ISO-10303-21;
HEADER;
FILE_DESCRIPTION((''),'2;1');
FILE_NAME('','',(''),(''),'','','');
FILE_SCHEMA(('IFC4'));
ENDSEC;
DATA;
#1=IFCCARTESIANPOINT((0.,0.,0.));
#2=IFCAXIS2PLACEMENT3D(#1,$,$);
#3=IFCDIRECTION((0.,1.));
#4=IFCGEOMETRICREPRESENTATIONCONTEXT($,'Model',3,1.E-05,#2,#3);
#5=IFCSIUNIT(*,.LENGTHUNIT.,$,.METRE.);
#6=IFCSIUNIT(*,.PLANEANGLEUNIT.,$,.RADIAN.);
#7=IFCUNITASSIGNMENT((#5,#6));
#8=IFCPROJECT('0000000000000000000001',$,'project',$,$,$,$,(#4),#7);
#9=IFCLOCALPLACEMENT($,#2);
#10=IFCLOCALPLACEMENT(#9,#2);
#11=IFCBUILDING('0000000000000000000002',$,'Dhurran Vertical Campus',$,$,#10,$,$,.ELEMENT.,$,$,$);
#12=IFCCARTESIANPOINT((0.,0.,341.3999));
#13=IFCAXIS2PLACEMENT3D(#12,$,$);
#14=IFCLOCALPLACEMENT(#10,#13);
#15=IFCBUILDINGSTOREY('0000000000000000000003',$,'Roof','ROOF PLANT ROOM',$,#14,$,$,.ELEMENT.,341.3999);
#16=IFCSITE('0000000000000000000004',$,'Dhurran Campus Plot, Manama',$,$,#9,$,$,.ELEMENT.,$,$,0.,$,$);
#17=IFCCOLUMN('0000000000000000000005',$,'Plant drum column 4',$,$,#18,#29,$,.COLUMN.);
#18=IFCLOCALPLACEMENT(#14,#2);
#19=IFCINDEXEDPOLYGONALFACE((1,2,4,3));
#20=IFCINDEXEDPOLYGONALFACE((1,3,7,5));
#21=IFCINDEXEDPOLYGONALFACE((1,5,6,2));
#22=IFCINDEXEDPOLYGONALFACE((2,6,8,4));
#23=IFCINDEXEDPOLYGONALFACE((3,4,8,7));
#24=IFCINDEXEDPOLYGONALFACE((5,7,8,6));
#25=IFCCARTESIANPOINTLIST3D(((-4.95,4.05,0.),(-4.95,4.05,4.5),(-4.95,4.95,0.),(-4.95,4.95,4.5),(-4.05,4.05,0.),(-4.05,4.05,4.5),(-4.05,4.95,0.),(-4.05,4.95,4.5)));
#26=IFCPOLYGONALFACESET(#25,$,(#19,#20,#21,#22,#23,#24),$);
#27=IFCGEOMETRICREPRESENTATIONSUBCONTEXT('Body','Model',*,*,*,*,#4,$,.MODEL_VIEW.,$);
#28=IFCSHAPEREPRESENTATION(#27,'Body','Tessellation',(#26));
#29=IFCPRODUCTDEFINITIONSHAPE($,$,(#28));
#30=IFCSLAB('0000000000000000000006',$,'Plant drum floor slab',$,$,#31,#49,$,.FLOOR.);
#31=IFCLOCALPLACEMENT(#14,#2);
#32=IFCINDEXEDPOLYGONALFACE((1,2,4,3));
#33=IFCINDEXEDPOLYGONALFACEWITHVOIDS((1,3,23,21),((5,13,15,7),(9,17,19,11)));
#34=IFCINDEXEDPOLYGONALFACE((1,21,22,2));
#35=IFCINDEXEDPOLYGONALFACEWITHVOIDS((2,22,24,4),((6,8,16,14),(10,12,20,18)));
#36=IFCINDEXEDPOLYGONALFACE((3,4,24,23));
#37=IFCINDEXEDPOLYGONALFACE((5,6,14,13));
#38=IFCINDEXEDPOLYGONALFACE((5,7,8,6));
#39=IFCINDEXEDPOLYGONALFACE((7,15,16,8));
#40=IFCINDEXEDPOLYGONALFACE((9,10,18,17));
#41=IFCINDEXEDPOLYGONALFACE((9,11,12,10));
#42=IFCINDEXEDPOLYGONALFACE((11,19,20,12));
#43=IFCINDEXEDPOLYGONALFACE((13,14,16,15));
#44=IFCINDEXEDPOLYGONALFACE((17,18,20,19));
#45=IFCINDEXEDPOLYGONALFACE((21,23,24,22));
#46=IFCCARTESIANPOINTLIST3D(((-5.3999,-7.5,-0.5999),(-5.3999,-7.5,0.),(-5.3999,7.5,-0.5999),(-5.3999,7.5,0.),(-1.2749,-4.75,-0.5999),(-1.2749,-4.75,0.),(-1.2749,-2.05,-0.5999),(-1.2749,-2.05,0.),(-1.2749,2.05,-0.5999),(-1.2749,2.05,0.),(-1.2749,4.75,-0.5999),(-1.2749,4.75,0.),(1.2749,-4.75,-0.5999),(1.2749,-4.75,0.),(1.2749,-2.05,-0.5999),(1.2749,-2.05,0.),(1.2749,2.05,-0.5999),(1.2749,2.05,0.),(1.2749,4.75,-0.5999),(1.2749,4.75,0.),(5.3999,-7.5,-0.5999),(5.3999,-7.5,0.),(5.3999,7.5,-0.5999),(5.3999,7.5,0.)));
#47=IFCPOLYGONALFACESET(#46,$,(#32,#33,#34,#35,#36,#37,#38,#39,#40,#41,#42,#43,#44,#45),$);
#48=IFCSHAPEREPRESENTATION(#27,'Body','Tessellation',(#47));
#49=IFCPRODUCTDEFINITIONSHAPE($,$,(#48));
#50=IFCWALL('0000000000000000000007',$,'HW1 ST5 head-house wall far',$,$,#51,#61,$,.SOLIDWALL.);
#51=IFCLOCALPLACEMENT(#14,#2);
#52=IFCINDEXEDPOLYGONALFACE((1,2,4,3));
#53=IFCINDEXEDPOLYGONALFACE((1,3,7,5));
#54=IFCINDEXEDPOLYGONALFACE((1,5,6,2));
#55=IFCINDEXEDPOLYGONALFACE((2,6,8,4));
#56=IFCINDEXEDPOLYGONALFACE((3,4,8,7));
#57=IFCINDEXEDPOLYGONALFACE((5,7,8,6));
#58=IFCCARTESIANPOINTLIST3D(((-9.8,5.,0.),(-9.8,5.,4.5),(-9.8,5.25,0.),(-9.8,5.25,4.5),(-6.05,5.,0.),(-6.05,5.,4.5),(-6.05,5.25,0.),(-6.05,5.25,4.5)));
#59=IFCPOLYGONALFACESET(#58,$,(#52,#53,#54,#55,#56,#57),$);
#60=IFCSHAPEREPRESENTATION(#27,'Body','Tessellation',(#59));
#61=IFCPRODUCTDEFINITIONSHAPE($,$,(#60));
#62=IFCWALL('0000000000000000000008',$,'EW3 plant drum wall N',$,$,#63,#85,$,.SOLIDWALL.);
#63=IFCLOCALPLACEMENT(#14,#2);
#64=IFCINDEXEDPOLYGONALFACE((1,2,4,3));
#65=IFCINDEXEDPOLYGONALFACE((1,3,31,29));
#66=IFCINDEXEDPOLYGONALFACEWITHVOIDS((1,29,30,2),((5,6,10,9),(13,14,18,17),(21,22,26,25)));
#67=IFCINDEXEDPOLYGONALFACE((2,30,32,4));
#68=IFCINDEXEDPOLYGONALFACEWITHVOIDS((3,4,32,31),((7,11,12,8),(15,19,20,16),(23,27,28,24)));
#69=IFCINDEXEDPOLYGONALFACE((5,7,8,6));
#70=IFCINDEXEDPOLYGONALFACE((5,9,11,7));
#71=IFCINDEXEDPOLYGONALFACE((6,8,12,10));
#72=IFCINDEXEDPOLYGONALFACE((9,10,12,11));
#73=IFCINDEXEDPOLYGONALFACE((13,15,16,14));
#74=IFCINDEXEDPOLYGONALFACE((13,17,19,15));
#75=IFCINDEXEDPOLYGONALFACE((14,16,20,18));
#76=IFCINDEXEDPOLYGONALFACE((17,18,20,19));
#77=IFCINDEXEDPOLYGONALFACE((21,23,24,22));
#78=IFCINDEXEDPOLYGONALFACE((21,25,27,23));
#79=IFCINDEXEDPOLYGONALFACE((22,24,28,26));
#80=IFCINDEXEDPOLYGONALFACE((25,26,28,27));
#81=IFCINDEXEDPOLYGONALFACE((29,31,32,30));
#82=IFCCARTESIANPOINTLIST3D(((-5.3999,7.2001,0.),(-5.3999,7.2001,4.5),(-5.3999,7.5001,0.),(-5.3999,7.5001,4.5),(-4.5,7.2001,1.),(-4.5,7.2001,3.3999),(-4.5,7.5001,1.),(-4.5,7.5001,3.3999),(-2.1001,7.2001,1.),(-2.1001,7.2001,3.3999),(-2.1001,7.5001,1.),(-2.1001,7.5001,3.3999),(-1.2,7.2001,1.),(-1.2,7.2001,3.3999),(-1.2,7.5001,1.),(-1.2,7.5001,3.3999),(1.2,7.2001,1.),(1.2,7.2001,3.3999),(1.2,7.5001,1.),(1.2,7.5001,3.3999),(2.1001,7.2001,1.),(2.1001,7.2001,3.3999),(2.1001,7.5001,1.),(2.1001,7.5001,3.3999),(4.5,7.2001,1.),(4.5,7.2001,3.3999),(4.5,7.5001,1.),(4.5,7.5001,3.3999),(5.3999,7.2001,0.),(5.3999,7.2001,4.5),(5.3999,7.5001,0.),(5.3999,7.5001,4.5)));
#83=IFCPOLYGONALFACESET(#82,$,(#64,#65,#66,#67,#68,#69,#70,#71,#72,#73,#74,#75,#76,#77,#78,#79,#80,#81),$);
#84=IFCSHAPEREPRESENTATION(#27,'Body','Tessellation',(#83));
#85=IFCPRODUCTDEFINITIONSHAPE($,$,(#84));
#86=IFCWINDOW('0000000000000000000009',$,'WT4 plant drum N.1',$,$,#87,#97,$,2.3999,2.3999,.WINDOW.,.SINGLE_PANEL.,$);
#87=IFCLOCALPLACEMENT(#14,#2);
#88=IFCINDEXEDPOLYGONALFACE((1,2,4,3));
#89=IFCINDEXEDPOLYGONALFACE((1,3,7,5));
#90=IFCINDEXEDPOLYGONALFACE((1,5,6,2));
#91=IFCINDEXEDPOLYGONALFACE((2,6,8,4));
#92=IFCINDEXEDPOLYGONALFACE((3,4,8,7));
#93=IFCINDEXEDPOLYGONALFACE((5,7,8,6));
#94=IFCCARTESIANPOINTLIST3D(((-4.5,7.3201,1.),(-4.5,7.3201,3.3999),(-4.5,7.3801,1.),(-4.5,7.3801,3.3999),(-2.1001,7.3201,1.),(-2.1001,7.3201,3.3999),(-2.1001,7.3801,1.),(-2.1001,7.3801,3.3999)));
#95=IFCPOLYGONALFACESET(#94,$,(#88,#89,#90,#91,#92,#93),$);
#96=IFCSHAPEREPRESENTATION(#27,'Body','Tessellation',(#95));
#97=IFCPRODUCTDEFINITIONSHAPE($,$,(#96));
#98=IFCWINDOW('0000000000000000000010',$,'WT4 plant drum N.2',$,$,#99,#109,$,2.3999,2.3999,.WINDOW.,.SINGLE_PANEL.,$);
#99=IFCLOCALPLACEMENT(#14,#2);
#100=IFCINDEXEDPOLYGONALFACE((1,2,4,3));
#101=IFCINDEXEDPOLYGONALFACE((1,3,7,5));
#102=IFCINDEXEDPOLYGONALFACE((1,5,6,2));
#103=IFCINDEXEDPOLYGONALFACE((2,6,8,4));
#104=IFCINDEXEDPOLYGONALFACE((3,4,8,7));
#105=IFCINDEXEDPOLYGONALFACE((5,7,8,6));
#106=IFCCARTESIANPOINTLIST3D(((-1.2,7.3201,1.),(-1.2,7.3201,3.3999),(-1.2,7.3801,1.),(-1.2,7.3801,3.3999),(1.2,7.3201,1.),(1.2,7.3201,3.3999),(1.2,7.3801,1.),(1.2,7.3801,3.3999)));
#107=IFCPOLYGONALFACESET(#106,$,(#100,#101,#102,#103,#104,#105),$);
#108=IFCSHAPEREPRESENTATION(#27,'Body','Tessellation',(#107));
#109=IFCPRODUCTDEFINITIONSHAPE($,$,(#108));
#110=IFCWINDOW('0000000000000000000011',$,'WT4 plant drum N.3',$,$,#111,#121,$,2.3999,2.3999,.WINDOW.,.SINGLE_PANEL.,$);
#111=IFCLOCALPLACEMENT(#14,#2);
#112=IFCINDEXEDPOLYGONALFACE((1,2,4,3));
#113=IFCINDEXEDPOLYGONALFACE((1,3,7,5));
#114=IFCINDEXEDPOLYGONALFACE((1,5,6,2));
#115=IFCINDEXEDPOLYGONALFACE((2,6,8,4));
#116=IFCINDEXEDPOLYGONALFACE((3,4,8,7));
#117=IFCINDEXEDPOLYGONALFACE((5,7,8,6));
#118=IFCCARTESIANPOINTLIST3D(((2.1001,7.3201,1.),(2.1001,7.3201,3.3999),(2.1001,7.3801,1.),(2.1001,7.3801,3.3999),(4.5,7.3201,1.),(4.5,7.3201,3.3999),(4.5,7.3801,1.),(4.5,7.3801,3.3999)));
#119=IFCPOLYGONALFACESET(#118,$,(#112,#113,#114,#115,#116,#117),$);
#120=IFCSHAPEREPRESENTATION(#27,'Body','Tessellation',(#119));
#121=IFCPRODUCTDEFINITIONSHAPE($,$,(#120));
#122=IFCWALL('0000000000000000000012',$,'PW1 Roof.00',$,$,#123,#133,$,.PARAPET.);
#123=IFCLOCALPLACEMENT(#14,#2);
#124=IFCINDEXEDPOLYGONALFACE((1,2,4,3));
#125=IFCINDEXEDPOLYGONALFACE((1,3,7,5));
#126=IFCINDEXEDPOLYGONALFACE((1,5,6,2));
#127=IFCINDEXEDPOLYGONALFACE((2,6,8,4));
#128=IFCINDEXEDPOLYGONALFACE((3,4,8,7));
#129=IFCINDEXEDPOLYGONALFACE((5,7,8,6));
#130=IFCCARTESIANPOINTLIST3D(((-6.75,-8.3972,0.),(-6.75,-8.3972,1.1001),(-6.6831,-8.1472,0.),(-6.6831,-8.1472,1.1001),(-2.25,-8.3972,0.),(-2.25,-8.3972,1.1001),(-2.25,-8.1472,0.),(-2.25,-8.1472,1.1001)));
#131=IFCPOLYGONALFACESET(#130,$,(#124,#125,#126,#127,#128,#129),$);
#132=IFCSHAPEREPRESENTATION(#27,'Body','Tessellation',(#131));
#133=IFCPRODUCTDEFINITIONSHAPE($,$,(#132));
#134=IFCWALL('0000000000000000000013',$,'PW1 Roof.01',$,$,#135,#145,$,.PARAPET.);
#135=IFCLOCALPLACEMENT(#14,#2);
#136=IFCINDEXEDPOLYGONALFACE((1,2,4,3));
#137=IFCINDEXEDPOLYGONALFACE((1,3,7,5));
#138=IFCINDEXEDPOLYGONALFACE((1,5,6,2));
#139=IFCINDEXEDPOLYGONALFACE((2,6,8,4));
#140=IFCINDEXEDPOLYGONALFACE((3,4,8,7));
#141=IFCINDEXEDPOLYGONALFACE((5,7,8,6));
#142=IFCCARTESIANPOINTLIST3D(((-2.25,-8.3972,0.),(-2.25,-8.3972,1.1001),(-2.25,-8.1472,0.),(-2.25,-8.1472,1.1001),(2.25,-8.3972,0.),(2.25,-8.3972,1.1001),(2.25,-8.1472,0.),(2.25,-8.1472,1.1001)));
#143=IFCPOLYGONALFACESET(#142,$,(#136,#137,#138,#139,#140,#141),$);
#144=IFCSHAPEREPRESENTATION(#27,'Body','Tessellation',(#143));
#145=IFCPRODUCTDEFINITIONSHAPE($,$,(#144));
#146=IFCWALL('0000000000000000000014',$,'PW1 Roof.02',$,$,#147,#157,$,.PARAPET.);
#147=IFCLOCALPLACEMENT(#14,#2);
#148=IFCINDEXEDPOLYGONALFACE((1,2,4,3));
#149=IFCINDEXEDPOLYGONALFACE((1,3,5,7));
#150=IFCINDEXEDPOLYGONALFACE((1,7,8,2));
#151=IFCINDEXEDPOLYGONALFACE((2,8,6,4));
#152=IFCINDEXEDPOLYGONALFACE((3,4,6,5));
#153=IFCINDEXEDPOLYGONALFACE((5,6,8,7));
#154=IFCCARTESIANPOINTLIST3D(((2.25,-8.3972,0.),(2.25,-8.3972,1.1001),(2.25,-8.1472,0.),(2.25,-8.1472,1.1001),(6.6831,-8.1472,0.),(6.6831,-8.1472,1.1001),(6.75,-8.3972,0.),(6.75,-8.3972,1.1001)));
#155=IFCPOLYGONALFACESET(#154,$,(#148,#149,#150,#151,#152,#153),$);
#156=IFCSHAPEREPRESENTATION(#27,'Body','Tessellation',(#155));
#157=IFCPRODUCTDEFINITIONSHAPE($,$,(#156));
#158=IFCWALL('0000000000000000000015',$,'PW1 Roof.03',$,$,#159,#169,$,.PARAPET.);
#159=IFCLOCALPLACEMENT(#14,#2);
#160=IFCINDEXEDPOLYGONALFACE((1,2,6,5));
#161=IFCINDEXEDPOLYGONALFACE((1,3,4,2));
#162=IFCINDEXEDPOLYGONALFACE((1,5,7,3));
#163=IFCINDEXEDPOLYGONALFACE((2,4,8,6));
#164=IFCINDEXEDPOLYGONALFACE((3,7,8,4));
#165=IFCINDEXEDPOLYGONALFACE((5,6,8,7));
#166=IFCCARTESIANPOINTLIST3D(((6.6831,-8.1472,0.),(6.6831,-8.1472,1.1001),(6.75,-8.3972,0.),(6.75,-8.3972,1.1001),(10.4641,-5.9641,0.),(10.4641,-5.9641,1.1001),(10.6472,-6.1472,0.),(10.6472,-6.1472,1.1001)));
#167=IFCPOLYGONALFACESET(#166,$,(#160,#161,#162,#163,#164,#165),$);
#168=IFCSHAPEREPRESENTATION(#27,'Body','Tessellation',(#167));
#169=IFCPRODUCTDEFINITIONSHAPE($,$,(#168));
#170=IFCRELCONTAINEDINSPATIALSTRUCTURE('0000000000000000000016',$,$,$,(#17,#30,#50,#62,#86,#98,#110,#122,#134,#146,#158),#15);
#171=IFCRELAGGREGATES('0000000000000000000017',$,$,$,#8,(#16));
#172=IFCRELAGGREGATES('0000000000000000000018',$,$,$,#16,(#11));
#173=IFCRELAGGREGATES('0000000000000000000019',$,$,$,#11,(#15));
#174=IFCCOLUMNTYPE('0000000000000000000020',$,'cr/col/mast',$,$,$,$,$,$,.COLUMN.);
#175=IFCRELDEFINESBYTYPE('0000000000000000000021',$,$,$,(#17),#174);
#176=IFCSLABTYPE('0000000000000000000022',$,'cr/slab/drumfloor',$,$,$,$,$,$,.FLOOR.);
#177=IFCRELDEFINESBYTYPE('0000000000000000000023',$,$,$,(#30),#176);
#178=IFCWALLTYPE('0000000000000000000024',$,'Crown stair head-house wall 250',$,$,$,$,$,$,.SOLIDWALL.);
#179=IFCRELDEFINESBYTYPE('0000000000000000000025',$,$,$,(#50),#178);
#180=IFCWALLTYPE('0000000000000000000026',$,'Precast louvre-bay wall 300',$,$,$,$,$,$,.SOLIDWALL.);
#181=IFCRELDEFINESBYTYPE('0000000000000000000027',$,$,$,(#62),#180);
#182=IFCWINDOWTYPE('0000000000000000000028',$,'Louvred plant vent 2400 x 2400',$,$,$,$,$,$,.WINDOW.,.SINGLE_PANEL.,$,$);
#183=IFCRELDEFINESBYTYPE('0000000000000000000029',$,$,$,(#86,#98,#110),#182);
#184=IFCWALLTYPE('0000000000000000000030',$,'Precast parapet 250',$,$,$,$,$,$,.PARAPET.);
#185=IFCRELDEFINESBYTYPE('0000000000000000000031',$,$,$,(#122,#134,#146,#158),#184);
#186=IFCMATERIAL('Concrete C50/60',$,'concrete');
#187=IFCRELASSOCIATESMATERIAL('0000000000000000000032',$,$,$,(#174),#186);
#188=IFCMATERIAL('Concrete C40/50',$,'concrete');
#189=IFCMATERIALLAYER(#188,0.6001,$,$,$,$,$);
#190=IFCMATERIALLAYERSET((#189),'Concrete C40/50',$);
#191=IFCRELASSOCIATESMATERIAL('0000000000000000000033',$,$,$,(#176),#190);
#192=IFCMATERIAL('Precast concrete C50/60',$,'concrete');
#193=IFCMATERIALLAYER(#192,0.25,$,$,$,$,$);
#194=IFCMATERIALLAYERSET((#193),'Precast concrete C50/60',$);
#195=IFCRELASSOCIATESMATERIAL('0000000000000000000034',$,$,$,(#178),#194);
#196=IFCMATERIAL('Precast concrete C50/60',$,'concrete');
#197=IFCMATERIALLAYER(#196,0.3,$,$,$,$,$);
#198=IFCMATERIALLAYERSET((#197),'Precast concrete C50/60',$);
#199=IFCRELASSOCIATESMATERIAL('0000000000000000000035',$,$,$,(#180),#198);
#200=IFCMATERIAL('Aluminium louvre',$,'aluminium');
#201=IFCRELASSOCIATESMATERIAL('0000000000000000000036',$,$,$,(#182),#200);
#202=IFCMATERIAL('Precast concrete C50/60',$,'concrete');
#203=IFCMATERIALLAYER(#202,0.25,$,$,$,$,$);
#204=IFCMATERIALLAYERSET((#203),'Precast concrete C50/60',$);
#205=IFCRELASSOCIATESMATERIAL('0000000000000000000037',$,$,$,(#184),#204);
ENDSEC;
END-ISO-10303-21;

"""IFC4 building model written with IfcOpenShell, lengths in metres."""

from ifc_helpers import new_model, si_unit, direction, frame, frame_2d, origin, origin_2d, place, context, subcontext, project, spatial, polyline, rectangle, outline, extrude, material, layer, layer_set, material_profile, profile_set, type_object, element, fill, save


model = new_model("IFC4")

# Units and contexts
model_context = context("Model", 3, precision=1e-05, world=origin(), true_north=direction((0.0, 1.0)))
body_context = subcontext(model_context, "Body", "Model", "MODEL_VIEW")
ifc_project = project(units=[si_unit("LENGTHUNIT", "METRE"), si_unit("PLANEANGLEUNIT", "RADIAN")], contexts=[model_context])

# Site, building, storey
site_placement = place(None, origin())
site = spatial("IfcSite", under=ifc_project, at=site_placement, Name="Dhurran Campus Plot, Manama", CompositionType="ELEMENT", RefElevation=0.0)
building_placement = place(site_placement, origin())
building = spatial("IfcBuilding", under=site, at=building_placement, Name="Dhurran Vertical Campus", CompositionType="ELEMENT")
storey_placement = place(building_placement, frame((0.0, 0.0, 341.3999)))
storey = spatial("IfcBuildingStorey", under=building, at=storey_placement, Name="Roof", Description="ROOF PLANT ROOM", CompositionType="ELEMENT", Elevation=341.3999)

# Column
ifc_material_1 = material(Name="Concrete C50/60", Category="concrete")
ifc_material_profile = material_profile(ifc_material_1, rectangle(XDim=0.8999, YDim=0.8999, at=origin_2d()), Name="cr/col/mast")
ifc_profile_set = profile_set([ifc_material_profile], Name="Concrete C50/60")
column_type = type_object("IfcColumnType", Name="cr/col/mast", PredefinedType="COLUMN", material=ifc_profile_set)
column_placement = place(storey_placement, frame((-4.5, 4.5, 0.0), z_axis=(0.0, 0.0, 1.0), x_axis=(1.0, 0.0, 0.0)))
element("IfcColumn", 1, at=column_placement, inside=storey, type_object=column_type, Name="Plant drum column 4", PredefinedType="COLUMN", context=body_context, shape_type="SweptSolid", body=[
    extrude(rectangle(XDim=0.8999, YDim=0.8999, at=origin_2d()), origin(), (0.0, 0.0, 1.0), 4.5),
])

# Slab
ifc_material_2 = material(Name="Concrete C40/50", Category="concrete")
ifc_layer_1 = layer(ifc_material_2, 0.6001)
ifc_layer_set_1 = layer_set([ifc_layer_1], Name="Concrete C40/50")
slab_type = type_object("IfcSlabType", Name="cr/slab/drumfloor", PredefinedType="FLOOR", material=ifc_layer_set_1)
slab_placement = place(storey_placement, frame((0.0, 0.0, -0.5999)))
element("IfcSlab", 2, at=slab_placement, inside=storey, type_object=slab_type, Name="Plant drum floor slab", PredefinedType="FLOOR", context=body_context, shape_type="SweptSolid", body=[
    extrude(outline(polyline([(-5.3999, -7.5), (5.3999, -7.5), (5.3999, 7.5), (-5.3999, 7.5), (-5.3999, -7.5)]), holes=[polyline([(-1.2749, 2.05), (1.2749, 2.05), (1.2749, 4.75), (-1.2749, 4.75), (-1.2749, 2.05)]), polyline([(-1.2749, -4.75), (1.2749, -4.75), (1.2749, -2.05), (-1.2749, -2.05), (-1.2749, -4.75)])]), origin(), (0.0, 0.0, 1.0), 0.5999),
])

# Wall
ifc_material_3 = material(Name="Precast concrete C50/60", Category="concrete")
ifc_layer_2 = layer(ifc_material_3, 0.25)
ifc_layer_set_2 = layer_set([ifc_layer_2], Name="Precast concrete C50/60")
wall_type_1 = type_object("IfcWallType", Name="Crown stair head-house wall 250", PredefinedType="SOLIDWALL", material=ifc_layer_set_2)
wall_1_placement = place(storey_placement, frame((-9.8, 5.125, 0.0), z_axis=(0.0, 0.0, 1.0), x_axis=(1.0, 0.0, 0.0)))
element("IfcWall", 3, at=wall_1_placement, inside=storey, type_object=wall_type_1, Name="HW1 ST5 head-house wall far", PredefinedType="SOLIDWALL", context=body_context, shape_type="SweptSolid", body=[
    extrude(rectangle(XDim=3.75, YDim=0.25, at=frame_2d((1.875, 0.0))), origin(), (0.0, 0.0, 1.0), 4.5),
])

# Wall, openings, windows
ifc_material_4 = material(Name="Precast concrete C50/60", Category="concrete")
ifc_layer_3 = layer(ifc_material_4, 0.3)
ifc_layer_set_3 = layer_set([ifc_layer_3], Name="Precast concrete C50/60")
wall_type_2 = type_object("IfcWallType", Name="Precast louvre-bay wall 300", PredefinedType="SOLIDWALL", material=ifc_layer_set_3)
wall_2_placement = place(storey_placement, frame((-5.3999, 7.3501, 0.0), z_axis=(0.0, 0.0, 1.0), x_axis=(1.0, 0.0, 0.0)))
wall_2 = element("IfcWall", 4, at=wall_2_placement, inside=storey, type_object=wall_type_2, Name="EW3 plant drum wall N", PredefinedType="SOLIDWALL", context=body_context, shape_type="SweptSolid", body=[
    extrude(rectangle(XDim=10.7998, YDim=0.3, at=frame_2d((5.3999, 0.0))), origin(), (0.0, 0.0, 1.0), 4.5),
])
opening_1_placement = place(wall_2_placement, frame((0.8999, 0.0, 1.0)))
opening_1 = element("IfcOpeningElement", 5, at=opening_1_placement, cuts=wall_2, PredefinedType="OPENING", context=body_context, shape_type="SweptSolid", body=[
    extrude(rectangle(XDim=2.3999, YDim=2.3999, at=frame_2d((1.2, 1.2))), frame((0.0, 0.1599, 0.0), z_axis=(0.0, -1.0, 0.0), x_axis=(1.0, 0.0, 0.0)), (0.0, 0.0, 1.0), 0.3201),
])
opening_2_placement = place(wall_2_placement, frame((4.2, 0.0, 1.0)))
opening_2 = element("IfcOpeningElement", 6, at=opening_2_placement, cuts=wall_2, PredefinedType="OPENING", context=body_context, shape_type="SweptSolid", body=[
    extrude(rectangle(XDim=2.3999, YDim=2.3999, at=frame_2d((1.2, 1.2))), frame((0.0, 0.1599, 0.0), z_axis=(0.0, -1.0, 0.0), x_axis=(1.0, 0.0, 0.0)), (0.0, 0.0, 1.0), 0.3201),
])
opening_3_placement = place(wall_2_placement, frame((7.5, 0.0, 1.0)))
opening_3 = element("IfcOpeningElement", 7, at=opening_3_placement, cuts=wall_2, PredefinedType="OPENING", context=body_context, shape_type="SweptSolid", body=[
    extrude(rectangle(XDim=2.3999, YDim=2.3999, at=frame_2d((1.2, 1.2))), frame((0.0, 0.1599, 0.0), z_axis=(0.0, -1.0, 0.0), x_axis=(1.0, 0.0, 0.0)), (0.0, 0.0, 1.0), 0.3201),
])
ifc_material_5 = material(Name="Aluminium louvre", Category="aluminium")
window_type = type_object("IfcWindowType", Name="Louvred plant vent 2400 x 2400", PartitioningType="SINGLE_PANEL", PredefinedType="WINDOW", material=ifc_material_5)
window_1_placement = place(opening_1_placement, origin())
window_1 = element("IfcWindow", 8, at=window_1_placement, inside=storey, type_object=window_type, Name="WT4 plant drum N.1", OverallHeight=2.3999, OverallWidth=2.3999, PartitioningType="SINGLE_PANEL", PredefinedType="WINDOW", context=body_context, shape_type="SweptSolid", body=[
    extrude(rectangle(XDim=2.3999, YDim=2.3999, at=frame_2d((1.2, 1.2))), frame((0.0, 0.03, 0.0), z_axis=(0.0, -1.0, 0.0), x_axis=(1.0, 0.0, 0.0)), (0.0, 0.0, 1.0), 0.0601),
])
fill(opening_1, window_1)
window_2_placement = place(opening_2_placement, origin())
window_2 = element("IfcWindow", 9, at=window_2_placement, inside=storey, type_object=window_type, Name="WT4 plant drum N.2", OverallHeight=2.3999, OverallWidth=2.3999, PartitioningType="SINGLE_PANEL", PredefinedType="WINDOW", context=body_context, shape_type="SweptSolid", body=[
    extrude(rectangle(XDim=2.3999, YDim=2.3999, at=frame_2d((1.2, 1.2))), frame((0.0, 0.03, 0.0), z_axis=(0.0, -1.0, 0.0), x_axis=(1.0, 0.0, 0.0)), (0.0, 0.0, 1.0), 0.0601),
])
fill(opening_2, window_2)
window_3_placement = place(opening_3_placement, origin())
window_3 = element("IfcWindow", 10, at=window_3_placement, inside=storey, type_object=window_type, Name="WT4 plant drum N.3", OverallHeight=2.3999, OverallWidth=2.3999, PartitioningType="SINGLE_PANEL", PredefinedType="WINDOW", context=body_context, shape_type="SweptSolid", body=[
    extrude(rectangle(XDim=2.3999, YDim=2.3999, at=frame_2d((1.2, 1.2))), frame((0.0, 0.03, 0.0), z_axis=(0.0, -1.0, 0.0), x_axis=(1.0, 0.0, 0.0)), (0.0, 0.0, 1.0), 0.0601),
])
fill(opening_3, window_3)

# Walls
ifc_material_6 = material(Name="Precast concrete C50/60", Category="concrete")
ifc_layer_4 = layer(ifc_material_6, 0.25)
ifc_layer_set_4 = layer_set([ifc_layer_4], Name="Precast concrete C50/60")
wall_type_3 = type_object("IfcWallType", Name="Precast parapet 250", PredefinedType="PARAPET", material=ifc_layer_set_4)
wall_3_placement = place(storey_placement, origin())
element("IfcWall", 11, at=wall_3_placement, inside=storey, type_object=wall_type_3, Name="PW1 Roof.00", PredefinedType="PARAPET", context=body_context, shape_type="SweptSolid", body=[
    extrude(outline(polyline([(-6.75, -8.3972), (-2.25, -8.3972), (-2.25, -8.1472), (-6.6831, -8.1472), (-6.75, -8.3972)])), origin(), (0.0, 0.0, 1.0), 1.1001),
])
wall_4_placement = place(storey_placement, origin())
element("IfcWall", 12, at=wall_4_placement, inside=storey, type_object=wall_type_3, Name="PW1 Roof.01", PredefinedType="PARAPET", context=body_context, shape_type="SweptSolid", body=[
    extrude(outline(polyline([(-2.25, -8.3972), (2.25, -8.3972), (2.25, -8.1472), (-2.25, -8.1472), (-2.25, -8.3972)])), origin(), (0.0, 0.0, 1.0), 1.1001),
])
wall_5_placement = place(storey_placement, origin())
element("IfcWall", 13, at=wall_5_placement, inside=storey, type_object=wall_type_3, Name="PW1 Roof.02", PredefinedType="PARAPET", context=body_context, shape_type="SweptSolid", body=[
    extrude(outline(polyline([(2.25, -8.3972), (6.75, -8.3972), (6.6831, -8.1472), (2.25, -8.1472), (2.25, -8.3972)])), origin(), (0.0, 0.0, 1.0), 1.1001),
])
wall_6_placement = place(storey_placement, origin())
element("IfcWall", 14, at=wall_6_placement, inside=storey, type_object=wall_type_3, Name="PW1 Roof.03", PredefinedType="PARAPET", context=body_context, shape_type="SweptSolid", body=[
    extrude(outline(polyline([(6.75, -8.3972), (10.6472, -6.1472), (10.4641, -5.9641), (6.6831, -8.1472), (6.75, -8.3972)])), origin(), (0.0, 0.0, 1.0), 1.1001),
])

save(model, "model.ifc")
